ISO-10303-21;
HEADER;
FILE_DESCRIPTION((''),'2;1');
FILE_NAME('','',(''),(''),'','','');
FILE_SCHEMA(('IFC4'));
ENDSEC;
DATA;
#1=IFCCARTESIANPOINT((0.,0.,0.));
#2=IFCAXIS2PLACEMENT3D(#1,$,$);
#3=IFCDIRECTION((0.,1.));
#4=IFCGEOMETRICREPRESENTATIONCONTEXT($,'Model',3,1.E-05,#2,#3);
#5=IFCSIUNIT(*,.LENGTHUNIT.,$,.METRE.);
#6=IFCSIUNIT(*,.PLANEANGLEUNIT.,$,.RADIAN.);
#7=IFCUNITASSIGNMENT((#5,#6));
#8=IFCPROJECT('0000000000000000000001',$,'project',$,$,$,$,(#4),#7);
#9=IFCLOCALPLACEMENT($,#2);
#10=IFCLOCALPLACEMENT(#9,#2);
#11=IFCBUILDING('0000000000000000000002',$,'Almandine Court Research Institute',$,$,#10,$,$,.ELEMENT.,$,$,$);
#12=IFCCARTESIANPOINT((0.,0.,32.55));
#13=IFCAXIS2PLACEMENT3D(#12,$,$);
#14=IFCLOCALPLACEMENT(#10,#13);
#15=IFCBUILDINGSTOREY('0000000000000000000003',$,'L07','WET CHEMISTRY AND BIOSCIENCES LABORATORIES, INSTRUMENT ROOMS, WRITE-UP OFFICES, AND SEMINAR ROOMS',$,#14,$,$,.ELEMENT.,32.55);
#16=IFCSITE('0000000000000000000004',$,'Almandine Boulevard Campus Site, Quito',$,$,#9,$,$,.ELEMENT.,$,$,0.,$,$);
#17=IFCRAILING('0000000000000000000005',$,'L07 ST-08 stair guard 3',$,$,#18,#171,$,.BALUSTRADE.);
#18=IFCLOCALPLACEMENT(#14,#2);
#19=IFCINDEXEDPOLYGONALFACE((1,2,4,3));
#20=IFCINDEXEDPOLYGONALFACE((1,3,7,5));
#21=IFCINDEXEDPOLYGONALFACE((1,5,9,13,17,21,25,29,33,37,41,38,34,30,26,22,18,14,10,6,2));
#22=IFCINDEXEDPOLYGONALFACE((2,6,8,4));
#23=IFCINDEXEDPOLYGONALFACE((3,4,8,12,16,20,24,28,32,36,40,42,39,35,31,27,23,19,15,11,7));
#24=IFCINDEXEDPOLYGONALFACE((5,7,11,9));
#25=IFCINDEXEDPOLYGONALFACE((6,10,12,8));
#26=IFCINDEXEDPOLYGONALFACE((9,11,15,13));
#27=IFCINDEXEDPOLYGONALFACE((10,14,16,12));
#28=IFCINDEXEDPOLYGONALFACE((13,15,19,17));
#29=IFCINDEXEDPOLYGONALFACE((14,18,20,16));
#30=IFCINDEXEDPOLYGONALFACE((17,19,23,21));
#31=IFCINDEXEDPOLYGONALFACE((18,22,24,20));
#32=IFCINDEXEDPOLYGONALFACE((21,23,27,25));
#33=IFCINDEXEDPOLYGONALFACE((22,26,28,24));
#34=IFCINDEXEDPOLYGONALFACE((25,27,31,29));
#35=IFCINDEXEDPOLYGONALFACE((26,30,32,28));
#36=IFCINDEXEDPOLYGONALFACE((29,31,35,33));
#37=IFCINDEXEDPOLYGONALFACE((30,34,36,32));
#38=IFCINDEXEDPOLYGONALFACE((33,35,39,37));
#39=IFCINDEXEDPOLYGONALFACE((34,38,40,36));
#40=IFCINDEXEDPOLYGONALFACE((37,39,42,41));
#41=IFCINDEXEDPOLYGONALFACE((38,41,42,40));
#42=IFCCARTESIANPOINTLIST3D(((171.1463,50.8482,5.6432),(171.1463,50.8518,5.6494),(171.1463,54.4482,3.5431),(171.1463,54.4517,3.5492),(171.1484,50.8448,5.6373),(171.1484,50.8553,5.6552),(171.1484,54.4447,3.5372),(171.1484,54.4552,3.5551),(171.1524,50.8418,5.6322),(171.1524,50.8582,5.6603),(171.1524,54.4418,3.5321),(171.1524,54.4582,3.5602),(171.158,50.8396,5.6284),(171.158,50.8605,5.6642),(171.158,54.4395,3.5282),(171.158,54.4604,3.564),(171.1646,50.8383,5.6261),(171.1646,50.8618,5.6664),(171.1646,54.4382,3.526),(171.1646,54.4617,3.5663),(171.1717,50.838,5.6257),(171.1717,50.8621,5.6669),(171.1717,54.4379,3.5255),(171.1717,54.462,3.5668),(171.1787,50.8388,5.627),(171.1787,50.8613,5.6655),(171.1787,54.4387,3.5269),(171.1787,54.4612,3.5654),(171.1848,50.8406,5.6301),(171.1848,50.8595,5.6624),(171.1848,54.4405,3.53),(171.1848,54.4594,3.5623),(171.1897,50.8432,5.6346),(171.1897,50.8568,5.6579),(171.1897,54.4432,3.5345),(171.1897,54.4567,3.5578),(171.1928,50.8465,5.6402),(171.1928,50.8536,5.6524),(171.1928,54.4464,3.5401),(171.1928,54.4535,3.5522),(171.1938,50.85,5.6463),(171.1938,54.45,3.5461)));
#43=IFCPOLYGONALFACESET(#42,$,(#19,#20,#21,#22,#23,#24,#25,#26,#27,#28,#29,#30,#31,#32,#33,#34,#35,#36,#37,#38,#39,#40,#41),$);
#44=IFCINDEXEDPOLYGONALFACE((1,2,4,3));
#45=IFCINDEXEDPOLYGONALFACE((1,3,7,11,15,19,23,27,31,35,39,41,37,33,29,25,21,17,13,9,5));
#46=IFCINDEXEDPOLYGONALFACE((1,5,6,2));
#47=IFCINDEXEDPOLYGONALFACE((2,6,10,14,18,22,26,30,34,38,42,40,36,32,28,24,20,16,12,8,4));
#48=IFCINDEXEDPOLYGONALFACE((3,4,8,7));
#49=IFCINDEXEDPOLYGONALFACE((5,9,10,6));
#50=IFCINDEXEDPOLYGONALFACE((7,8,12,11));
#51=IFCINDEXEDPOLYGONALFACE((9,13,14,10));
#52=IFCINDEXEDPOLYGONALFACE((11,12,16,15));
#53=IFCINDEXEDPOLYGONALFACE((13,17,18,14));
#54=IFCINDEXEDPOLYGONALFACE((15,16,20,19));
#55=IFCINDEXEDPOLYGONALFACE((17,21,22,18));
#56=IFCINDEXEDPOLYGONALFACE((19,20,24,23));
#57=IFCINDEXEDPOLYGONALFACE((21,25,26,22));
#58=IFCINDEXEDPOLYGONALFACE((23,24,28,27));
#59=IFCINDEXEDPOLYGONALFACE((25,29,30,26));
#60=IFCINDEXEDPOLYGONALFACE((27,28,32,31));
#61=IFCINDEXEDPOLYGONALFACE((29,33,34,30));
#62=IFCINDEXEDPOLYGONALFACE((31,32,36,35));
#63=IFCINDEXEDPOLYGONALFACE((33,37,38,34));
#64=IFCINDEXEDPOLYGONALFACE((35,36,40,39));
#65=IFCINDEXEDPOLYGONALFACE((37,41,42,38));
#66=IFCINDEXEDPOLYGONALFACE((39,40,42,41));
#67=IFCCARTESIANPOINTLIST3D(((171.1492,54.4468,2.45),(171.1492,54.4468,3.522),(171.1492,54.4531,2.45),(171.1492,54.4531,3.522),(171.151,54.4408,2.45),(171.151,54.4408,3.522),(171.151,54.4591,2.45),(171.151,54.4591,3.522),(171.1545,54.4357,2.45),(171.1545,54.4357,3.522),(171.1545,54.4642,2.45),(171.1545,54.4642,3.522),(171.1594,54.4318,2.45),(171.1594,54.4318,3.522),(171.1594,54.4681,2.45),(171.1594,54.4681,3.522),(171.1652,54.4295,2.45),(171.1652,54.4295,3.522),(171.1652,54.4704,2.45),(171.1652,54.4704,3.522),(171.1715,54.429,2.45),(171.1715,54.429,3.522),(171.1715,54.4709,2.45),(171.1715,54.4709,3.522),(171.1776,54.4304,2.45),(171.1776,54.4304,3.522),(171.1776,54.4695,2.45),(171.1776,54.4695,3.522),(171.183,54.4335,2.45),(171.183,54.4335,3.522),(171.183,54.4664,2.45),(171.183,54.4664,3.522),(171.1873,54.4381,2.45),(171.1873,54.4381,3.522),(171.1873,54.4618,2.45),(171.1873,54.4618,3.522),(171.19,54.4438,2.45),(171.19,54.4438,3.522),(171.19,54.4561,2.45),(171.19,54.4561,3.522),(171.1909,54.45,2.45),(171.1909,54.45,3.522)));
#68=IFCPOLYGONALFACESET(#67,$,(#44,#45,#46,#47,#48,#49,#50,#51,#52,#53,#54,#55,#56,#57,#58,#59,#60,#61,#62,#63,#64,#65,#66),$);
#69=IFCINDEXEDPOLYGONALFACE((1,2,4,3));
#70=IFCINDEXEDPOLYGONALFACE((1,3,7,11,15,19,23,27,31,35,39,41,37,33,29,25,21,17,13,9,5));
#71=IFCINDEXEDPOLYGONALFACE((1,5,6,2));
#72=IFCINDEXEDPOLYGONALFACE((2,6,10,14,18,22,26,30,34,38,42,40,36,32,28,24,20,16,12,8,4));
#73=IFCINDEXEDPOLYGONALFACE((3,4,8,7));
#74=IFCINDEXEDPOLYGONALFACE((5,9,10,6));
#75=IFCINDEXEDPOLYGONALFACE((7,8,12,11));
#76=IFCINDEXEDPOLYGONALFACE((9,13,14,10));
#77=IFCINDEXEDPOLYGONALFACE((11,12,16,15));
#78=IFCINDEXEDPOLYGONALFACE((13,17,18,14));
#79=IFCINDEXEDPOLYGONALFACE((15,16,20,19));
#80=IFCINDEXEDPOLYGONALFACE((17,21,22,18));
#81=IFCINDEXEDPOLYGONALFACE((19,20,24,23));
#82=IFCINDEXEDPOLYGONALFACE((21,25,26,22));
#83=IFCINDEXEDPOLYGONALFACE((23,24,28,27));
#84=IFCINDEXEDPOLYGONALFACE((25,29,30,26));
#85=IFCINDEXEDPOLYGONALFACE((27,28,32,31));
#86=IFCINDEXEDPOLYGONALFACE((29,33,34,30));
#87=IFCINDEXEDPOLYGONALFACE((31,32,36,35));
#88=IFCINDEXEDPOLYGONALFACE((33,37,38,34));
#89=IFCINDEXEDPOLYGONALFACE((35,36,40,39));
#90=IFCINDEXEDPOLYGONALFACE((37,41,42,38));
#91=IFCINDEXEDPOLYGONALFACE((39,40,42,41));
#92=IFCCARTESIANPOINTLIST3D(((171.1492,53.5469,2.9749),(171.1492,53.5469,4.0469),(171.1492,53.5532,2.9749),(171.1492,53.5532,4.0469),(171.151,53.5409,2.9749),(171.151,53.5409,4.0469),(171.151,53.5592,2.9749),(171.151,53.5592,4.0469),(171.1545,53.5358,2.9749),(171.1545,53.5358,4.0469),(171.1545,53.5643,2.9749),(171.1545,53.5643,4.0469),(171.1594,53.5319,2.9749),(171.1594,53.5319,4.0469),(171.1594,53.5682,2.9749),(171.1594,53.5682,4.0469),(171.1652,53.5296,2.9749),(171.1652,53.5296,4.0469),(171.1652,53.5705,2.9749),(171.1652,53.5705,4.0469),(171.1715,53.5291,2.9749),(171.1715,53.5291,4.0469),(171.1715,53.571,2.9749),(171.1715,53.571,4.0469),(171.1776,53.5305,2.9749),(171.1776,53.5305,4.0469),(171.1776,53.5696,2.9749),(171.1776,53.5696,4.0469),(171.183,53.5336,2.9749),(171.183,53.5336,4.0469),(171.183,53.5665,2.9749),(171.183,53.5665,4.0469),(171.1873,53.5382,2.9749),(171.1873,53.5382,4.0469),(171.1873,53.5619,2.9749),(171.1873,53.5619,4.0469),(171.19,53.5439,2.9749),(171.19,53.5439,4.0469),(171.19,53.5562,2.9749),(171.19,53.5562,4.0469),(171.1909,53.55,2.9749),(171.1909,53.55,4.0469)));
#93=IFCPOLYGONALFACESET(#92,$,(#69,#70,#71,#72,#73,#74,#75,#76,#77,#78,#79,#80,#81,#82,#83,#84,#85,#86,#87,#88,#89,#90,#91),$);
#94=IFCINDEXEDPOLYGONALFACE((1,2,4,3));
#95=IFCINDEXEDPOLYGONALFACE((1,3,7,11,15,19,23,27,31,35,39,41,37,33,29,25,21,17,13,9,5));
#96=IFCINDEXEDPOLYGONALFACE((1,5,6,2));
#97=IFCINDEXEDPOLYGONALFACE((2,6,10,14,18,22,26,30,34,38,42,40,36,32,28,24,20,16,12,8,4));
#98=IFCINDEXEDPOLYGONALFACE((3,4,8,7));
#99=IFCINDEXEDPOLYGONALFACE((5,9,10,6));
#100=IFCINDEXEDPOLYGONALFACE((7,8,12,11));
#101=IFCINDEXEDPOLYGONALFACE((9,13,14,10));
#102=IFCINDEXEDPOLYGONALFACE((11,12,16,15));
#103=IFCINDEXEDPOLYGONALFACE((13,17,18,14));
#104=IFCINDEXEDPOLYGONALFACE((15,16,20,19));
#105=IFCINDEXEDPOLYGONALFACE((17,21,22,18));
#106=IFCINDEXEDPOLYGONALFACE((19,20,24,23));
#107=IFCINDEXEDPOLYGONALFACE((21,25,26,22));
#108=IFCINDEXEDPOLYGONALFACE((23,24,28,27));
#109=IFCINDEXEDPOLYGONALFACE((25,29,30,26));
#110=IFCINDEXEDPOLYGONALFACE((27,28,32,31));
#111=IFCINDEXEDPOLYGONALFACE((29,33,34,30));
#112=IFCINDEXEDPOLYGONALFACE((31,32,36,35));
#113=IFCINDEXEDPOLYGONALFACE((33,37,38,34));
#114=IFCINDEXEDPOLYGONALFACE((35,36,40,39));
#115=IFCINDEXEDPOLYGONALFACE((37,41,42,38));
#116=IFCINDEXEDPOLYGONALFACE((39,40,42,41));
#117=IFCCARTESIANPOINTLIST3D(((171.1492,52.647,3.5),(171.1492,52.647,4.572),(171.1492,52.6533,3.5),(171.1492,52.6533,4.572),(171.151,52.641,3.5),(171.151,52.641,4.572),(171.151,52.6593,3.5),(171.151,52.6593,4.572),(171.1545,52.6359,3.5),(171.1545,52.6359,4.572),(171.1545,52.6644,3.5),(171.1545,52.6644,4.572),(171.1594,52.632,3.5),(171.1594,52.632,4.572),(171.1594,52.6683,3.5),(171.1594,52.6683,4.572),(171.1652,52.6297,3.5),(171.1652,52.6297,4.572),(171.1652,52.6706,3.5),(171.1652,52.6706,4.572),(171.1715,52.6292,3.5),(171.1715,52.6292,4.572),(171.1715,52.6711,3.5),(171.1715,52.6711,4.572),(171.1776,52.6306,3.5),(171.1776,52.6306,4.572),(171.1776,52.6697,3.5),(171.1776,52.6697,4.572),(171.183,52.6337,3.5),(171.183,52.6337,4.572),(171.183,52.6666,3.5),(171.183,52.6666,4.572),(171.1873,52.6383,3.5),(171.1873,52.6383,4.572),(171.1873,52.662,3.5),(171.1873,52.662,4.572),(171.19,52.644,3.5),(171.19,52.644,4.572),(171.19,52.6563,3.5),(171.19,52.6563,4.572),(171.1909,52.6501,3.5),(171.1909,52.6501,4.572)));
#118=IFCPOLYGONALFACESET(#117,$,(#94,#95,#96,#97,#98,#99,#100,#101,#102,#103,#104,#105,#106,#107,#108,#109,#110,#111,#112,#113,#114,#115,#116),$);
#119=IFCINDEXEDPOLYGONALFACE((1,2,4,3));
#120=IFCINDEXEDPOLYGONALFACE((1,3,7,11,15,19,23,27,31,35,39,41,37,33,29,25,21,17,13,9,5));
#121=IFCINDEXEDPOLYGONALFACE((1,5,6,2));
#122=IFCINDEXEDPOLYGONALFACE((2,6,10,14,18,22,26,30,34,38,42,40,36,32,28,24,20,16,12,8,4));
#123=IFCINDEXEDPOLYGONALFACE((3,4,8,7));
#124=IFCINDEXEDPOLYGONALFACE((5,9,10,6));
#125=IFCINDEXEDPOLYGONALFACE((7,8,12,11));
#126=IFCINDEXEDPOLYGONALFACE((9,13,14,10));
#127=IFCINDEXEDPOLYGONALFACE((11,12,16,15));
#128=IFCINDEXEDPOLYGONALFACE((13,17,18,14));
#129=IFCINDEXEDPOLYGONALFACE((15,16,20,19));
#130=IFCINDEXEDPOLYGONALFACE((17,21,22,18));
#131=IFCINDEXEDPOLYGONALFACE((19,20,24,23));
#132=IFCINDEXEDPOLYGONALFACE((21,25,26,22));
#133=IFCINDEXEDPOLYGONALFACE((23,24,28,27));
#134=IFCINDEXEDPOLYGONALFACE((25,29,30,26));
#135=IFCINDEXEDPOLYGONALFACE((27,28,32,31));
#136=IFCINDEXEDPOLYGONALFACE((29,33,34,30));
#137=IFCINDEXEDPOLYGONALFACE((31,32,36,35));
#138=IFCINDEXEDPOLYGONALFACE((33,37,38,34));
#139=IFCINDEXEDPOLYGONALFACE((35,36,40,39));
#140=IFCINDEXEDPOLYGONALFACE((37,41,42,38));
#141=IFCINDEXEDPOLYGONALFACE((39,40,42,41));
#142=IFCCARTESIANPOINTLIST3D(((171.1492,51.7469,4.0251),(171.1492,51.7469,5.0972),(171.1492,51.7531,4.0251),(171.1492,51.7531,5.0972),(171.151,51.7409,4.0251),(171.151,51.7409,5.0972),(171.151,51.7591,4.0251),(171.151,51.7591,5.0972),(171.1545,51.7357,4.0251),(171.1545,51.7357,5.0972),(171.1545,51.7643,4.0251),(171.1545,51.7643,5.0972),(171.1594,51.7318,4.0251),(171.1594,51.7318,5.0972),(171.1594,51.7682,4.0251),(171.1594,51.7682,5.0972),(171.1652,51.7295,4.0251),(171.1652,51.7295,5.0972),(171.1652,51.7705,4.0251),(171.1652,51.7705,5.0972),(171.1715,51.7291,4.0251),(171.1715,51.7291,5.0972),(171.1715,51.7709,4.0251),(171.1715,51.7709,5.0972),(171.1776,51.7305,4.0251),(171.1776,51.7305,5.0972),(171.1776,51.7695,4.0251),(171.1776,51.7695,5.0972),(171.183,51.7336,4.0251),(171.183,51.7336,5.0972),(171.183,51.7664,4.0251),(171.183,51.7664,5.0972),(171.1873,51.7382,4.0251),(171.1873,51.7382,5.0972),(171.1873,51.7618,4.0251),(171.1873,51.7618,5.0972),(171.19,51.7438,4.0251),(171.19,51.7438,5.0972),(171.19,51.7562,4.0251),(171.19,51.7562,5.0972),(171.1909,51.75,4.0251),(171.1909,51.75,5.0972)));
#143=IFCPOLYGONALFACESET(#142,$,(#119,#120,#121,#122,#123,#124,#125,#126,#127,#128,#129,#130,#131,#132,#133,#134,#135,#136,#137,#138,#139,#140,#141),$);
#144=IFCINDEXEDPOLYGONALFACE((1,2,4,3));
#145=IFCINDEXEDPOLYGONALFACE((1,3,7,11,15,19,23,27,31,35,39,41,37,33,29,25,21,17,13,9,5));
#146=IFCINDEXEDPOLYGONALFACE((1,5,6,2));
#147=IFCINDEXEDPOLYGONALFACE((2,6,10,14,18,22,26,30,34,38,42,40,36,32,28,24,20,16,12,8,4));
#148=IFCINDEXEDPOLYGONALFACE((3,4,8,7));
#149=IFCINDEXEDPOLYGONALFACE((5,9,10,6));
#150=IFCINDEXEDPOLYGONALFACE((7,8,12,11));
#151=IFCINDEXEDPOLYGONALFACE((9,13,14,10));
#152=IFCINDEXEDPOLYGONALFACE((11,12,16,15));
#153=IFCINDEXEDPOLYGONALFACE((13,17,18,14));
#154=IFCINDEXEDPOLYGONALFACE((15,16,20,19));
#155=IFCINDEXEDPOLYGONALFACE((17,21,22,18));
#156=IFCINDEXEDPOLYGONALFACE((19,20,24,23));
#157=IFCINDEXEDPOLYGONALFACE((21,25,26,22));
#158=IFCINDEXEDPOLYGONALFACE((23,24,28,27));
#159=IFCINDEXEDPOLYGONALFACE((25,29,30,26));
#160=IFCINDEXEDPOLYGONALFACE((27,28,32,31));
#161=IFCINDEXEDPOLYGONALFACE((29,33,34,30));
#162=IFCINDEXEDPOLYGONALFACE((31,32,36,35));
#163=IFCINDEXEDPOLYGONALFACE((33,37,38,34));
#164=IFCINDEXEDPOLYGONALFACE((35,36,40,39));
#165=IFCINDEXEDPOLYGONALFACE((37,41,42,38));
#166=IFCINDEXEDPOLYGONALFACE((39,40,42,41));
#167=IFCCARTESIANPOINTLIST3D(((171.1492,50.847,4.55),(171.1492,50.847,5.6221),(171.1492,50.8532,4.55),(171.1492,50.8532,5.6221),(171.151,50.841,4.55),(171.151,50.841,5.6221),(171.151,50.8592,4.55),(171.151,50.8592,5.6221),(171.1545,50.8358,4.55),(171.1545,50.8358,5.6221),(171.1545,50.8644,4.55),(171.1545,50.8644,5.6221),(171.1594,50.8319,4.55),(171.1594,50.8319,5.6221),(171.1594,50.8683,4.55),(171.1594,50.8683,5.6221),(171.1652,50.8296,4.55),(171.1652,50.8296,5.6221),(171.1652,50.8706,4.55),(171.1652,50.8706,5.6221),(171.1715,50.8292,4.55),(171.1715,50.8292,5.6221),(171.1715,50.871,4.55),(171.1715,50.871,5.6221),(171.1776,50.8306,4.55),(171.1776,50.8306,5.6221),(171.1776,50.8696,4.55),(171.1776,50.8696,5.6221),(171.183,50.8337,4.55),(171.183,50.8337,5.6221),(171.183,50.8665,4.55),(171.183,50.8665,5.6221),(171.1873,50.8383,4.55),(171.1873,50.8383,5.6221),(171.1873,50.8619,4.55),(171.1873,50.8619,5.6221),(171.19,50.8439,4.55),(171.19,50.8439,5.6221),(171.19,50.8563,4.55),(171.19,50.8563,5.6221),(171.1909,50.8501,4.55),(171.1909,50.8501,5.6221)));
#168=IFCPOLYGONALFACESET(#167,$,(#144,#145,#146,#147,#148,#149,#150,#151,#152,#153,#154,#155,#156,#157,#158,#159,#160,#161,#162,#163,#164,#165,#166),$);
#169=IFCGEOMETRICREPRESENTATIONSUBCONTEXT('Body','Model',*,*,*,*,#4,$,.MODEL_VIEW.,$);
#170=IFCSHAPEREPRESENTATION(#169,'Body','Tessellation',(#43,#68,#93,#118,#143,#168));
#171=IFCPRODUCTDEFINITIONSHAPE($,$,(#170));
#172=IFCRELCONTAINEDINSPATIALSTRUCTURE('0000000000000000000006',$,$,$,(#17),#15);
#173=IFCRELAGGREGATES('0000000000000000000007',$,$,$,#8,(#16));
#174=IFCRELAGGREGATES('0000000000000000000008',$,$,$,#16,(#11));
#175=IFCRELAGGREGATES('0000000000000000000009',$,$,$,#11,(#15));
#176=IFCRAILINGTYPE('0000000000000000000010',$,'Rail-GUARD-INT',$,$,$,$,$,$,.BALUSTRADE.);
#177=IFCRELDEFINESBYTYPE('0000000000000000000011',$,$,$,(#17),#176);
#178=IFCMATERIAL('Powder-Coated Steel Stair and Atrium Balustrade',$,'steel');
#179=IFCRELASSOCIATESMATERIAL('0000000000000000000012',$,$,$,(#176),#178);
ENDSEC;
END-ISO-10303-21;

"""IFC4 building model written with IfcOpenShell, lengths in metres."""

from ifc_helpers import new_model, si_unit, direction, frame, origin, origin_2d, place, context, subcontext, project, spatial, circle, extrude, material, type_object, element, save


model = new_model("IFC4")

# Units and contexts
model_context = context("Model", 3, precision=1e-05, world=origin(), true_north=direction((0.0, 1.0)))
body_context = subcontext(model_context, "Body", "Model", "MODEL_VIEW")
ifc_project = project(units=[si_unit("LENGTHUNIT", "METRE"), si_unit("PLANEANGLEUNIT", "RADIAN")], contexts=[model_context])

# Site, building, storey
site_placement = place(None, origin())
site = spatial("IfcSite", under=ifc_project, at=site_placement, Name="Almandine Boulevard Campus Site, Quito", CompositionType="ELEMENT", RefElevation=0.0)
building_placement = place(site_placement, origin())
building = spatial("IfcBuilding", under=site, at=building_placement, Name="Almandine Court Research Institute", CompositionType="ELEMENT")
storey_placement = place(building_placement, frame((0.0, 0.0, 32.55)))
storey = spatial("IfcBuildingStorey", under=building, at=storey_placement, Name="L07", Description="WET CHEMISTRY AND BIOSCIENCES LABORATORIES, INSTRUMENT ROOMS, WRITE-UP OFFICES, AND SEMINAR ROOMS", CompositionType="ELEMENT", Elevation=32.55)

# Railing
ifc_material_1 = material(Name="Powder-Coated Steel Stair and Atrium Balustrade", Category="steel")
railing_type_1 = type_object("IfcRailingType", Name="Rail-GUARD-INT", PredefinedType="BALUSTRADE", material=ifc_material_1)
railing_1_placement = place(storey_placement, frame((171.1699, 54.45, 2.45)))
element("IfcRailing", 1, at=railing_1_placement, inside=storey, type_object=railing_type_1, Name="L07 ST-08 stair guard 3", PredefinedType="BALUSTRADE", context=body_context, shape_type="SweptSolid", body=[
    extrude(circle(Radius=0.0239, at=origin_2d()), frame((0.0, 0.0, 1.0962), z_axis=(0.0, -0.86376, 0.503904), x_axis=(1.0, 0.0, 0.0)), (0.0, 0.0, 1.0), 4.1677),
    extrude(circle(Radius=0.021, at=origin_2d()), origin(), (0.0, 0.0, 1.0), 1.072),
    extrude(circle(Radius=0.021, at=origin_2d()), frame((0.0, -0.8999, 0.5249)), (0.0, 0.0, 1.0), 1.072),
    extrude(circle(Radius=0.021, at=origin_2d()), frame((0.0, -1.7998, 1.05)), (0.0, 0.0, 1.0), 1.072),
    extrude(circle(Radius=0.021, at=origin_2d()), frame((0.0, -2.7, 1.5752)), (0.0, 0.0, 1.0), 1.072),
    extrude(circle(Radius=0.021, at=origin_2d()), frame((0.0, -3.5999, 2.1001)), (0.0, 0.0, 1.0), 1.072),
])

save(model, "model.ifc")
